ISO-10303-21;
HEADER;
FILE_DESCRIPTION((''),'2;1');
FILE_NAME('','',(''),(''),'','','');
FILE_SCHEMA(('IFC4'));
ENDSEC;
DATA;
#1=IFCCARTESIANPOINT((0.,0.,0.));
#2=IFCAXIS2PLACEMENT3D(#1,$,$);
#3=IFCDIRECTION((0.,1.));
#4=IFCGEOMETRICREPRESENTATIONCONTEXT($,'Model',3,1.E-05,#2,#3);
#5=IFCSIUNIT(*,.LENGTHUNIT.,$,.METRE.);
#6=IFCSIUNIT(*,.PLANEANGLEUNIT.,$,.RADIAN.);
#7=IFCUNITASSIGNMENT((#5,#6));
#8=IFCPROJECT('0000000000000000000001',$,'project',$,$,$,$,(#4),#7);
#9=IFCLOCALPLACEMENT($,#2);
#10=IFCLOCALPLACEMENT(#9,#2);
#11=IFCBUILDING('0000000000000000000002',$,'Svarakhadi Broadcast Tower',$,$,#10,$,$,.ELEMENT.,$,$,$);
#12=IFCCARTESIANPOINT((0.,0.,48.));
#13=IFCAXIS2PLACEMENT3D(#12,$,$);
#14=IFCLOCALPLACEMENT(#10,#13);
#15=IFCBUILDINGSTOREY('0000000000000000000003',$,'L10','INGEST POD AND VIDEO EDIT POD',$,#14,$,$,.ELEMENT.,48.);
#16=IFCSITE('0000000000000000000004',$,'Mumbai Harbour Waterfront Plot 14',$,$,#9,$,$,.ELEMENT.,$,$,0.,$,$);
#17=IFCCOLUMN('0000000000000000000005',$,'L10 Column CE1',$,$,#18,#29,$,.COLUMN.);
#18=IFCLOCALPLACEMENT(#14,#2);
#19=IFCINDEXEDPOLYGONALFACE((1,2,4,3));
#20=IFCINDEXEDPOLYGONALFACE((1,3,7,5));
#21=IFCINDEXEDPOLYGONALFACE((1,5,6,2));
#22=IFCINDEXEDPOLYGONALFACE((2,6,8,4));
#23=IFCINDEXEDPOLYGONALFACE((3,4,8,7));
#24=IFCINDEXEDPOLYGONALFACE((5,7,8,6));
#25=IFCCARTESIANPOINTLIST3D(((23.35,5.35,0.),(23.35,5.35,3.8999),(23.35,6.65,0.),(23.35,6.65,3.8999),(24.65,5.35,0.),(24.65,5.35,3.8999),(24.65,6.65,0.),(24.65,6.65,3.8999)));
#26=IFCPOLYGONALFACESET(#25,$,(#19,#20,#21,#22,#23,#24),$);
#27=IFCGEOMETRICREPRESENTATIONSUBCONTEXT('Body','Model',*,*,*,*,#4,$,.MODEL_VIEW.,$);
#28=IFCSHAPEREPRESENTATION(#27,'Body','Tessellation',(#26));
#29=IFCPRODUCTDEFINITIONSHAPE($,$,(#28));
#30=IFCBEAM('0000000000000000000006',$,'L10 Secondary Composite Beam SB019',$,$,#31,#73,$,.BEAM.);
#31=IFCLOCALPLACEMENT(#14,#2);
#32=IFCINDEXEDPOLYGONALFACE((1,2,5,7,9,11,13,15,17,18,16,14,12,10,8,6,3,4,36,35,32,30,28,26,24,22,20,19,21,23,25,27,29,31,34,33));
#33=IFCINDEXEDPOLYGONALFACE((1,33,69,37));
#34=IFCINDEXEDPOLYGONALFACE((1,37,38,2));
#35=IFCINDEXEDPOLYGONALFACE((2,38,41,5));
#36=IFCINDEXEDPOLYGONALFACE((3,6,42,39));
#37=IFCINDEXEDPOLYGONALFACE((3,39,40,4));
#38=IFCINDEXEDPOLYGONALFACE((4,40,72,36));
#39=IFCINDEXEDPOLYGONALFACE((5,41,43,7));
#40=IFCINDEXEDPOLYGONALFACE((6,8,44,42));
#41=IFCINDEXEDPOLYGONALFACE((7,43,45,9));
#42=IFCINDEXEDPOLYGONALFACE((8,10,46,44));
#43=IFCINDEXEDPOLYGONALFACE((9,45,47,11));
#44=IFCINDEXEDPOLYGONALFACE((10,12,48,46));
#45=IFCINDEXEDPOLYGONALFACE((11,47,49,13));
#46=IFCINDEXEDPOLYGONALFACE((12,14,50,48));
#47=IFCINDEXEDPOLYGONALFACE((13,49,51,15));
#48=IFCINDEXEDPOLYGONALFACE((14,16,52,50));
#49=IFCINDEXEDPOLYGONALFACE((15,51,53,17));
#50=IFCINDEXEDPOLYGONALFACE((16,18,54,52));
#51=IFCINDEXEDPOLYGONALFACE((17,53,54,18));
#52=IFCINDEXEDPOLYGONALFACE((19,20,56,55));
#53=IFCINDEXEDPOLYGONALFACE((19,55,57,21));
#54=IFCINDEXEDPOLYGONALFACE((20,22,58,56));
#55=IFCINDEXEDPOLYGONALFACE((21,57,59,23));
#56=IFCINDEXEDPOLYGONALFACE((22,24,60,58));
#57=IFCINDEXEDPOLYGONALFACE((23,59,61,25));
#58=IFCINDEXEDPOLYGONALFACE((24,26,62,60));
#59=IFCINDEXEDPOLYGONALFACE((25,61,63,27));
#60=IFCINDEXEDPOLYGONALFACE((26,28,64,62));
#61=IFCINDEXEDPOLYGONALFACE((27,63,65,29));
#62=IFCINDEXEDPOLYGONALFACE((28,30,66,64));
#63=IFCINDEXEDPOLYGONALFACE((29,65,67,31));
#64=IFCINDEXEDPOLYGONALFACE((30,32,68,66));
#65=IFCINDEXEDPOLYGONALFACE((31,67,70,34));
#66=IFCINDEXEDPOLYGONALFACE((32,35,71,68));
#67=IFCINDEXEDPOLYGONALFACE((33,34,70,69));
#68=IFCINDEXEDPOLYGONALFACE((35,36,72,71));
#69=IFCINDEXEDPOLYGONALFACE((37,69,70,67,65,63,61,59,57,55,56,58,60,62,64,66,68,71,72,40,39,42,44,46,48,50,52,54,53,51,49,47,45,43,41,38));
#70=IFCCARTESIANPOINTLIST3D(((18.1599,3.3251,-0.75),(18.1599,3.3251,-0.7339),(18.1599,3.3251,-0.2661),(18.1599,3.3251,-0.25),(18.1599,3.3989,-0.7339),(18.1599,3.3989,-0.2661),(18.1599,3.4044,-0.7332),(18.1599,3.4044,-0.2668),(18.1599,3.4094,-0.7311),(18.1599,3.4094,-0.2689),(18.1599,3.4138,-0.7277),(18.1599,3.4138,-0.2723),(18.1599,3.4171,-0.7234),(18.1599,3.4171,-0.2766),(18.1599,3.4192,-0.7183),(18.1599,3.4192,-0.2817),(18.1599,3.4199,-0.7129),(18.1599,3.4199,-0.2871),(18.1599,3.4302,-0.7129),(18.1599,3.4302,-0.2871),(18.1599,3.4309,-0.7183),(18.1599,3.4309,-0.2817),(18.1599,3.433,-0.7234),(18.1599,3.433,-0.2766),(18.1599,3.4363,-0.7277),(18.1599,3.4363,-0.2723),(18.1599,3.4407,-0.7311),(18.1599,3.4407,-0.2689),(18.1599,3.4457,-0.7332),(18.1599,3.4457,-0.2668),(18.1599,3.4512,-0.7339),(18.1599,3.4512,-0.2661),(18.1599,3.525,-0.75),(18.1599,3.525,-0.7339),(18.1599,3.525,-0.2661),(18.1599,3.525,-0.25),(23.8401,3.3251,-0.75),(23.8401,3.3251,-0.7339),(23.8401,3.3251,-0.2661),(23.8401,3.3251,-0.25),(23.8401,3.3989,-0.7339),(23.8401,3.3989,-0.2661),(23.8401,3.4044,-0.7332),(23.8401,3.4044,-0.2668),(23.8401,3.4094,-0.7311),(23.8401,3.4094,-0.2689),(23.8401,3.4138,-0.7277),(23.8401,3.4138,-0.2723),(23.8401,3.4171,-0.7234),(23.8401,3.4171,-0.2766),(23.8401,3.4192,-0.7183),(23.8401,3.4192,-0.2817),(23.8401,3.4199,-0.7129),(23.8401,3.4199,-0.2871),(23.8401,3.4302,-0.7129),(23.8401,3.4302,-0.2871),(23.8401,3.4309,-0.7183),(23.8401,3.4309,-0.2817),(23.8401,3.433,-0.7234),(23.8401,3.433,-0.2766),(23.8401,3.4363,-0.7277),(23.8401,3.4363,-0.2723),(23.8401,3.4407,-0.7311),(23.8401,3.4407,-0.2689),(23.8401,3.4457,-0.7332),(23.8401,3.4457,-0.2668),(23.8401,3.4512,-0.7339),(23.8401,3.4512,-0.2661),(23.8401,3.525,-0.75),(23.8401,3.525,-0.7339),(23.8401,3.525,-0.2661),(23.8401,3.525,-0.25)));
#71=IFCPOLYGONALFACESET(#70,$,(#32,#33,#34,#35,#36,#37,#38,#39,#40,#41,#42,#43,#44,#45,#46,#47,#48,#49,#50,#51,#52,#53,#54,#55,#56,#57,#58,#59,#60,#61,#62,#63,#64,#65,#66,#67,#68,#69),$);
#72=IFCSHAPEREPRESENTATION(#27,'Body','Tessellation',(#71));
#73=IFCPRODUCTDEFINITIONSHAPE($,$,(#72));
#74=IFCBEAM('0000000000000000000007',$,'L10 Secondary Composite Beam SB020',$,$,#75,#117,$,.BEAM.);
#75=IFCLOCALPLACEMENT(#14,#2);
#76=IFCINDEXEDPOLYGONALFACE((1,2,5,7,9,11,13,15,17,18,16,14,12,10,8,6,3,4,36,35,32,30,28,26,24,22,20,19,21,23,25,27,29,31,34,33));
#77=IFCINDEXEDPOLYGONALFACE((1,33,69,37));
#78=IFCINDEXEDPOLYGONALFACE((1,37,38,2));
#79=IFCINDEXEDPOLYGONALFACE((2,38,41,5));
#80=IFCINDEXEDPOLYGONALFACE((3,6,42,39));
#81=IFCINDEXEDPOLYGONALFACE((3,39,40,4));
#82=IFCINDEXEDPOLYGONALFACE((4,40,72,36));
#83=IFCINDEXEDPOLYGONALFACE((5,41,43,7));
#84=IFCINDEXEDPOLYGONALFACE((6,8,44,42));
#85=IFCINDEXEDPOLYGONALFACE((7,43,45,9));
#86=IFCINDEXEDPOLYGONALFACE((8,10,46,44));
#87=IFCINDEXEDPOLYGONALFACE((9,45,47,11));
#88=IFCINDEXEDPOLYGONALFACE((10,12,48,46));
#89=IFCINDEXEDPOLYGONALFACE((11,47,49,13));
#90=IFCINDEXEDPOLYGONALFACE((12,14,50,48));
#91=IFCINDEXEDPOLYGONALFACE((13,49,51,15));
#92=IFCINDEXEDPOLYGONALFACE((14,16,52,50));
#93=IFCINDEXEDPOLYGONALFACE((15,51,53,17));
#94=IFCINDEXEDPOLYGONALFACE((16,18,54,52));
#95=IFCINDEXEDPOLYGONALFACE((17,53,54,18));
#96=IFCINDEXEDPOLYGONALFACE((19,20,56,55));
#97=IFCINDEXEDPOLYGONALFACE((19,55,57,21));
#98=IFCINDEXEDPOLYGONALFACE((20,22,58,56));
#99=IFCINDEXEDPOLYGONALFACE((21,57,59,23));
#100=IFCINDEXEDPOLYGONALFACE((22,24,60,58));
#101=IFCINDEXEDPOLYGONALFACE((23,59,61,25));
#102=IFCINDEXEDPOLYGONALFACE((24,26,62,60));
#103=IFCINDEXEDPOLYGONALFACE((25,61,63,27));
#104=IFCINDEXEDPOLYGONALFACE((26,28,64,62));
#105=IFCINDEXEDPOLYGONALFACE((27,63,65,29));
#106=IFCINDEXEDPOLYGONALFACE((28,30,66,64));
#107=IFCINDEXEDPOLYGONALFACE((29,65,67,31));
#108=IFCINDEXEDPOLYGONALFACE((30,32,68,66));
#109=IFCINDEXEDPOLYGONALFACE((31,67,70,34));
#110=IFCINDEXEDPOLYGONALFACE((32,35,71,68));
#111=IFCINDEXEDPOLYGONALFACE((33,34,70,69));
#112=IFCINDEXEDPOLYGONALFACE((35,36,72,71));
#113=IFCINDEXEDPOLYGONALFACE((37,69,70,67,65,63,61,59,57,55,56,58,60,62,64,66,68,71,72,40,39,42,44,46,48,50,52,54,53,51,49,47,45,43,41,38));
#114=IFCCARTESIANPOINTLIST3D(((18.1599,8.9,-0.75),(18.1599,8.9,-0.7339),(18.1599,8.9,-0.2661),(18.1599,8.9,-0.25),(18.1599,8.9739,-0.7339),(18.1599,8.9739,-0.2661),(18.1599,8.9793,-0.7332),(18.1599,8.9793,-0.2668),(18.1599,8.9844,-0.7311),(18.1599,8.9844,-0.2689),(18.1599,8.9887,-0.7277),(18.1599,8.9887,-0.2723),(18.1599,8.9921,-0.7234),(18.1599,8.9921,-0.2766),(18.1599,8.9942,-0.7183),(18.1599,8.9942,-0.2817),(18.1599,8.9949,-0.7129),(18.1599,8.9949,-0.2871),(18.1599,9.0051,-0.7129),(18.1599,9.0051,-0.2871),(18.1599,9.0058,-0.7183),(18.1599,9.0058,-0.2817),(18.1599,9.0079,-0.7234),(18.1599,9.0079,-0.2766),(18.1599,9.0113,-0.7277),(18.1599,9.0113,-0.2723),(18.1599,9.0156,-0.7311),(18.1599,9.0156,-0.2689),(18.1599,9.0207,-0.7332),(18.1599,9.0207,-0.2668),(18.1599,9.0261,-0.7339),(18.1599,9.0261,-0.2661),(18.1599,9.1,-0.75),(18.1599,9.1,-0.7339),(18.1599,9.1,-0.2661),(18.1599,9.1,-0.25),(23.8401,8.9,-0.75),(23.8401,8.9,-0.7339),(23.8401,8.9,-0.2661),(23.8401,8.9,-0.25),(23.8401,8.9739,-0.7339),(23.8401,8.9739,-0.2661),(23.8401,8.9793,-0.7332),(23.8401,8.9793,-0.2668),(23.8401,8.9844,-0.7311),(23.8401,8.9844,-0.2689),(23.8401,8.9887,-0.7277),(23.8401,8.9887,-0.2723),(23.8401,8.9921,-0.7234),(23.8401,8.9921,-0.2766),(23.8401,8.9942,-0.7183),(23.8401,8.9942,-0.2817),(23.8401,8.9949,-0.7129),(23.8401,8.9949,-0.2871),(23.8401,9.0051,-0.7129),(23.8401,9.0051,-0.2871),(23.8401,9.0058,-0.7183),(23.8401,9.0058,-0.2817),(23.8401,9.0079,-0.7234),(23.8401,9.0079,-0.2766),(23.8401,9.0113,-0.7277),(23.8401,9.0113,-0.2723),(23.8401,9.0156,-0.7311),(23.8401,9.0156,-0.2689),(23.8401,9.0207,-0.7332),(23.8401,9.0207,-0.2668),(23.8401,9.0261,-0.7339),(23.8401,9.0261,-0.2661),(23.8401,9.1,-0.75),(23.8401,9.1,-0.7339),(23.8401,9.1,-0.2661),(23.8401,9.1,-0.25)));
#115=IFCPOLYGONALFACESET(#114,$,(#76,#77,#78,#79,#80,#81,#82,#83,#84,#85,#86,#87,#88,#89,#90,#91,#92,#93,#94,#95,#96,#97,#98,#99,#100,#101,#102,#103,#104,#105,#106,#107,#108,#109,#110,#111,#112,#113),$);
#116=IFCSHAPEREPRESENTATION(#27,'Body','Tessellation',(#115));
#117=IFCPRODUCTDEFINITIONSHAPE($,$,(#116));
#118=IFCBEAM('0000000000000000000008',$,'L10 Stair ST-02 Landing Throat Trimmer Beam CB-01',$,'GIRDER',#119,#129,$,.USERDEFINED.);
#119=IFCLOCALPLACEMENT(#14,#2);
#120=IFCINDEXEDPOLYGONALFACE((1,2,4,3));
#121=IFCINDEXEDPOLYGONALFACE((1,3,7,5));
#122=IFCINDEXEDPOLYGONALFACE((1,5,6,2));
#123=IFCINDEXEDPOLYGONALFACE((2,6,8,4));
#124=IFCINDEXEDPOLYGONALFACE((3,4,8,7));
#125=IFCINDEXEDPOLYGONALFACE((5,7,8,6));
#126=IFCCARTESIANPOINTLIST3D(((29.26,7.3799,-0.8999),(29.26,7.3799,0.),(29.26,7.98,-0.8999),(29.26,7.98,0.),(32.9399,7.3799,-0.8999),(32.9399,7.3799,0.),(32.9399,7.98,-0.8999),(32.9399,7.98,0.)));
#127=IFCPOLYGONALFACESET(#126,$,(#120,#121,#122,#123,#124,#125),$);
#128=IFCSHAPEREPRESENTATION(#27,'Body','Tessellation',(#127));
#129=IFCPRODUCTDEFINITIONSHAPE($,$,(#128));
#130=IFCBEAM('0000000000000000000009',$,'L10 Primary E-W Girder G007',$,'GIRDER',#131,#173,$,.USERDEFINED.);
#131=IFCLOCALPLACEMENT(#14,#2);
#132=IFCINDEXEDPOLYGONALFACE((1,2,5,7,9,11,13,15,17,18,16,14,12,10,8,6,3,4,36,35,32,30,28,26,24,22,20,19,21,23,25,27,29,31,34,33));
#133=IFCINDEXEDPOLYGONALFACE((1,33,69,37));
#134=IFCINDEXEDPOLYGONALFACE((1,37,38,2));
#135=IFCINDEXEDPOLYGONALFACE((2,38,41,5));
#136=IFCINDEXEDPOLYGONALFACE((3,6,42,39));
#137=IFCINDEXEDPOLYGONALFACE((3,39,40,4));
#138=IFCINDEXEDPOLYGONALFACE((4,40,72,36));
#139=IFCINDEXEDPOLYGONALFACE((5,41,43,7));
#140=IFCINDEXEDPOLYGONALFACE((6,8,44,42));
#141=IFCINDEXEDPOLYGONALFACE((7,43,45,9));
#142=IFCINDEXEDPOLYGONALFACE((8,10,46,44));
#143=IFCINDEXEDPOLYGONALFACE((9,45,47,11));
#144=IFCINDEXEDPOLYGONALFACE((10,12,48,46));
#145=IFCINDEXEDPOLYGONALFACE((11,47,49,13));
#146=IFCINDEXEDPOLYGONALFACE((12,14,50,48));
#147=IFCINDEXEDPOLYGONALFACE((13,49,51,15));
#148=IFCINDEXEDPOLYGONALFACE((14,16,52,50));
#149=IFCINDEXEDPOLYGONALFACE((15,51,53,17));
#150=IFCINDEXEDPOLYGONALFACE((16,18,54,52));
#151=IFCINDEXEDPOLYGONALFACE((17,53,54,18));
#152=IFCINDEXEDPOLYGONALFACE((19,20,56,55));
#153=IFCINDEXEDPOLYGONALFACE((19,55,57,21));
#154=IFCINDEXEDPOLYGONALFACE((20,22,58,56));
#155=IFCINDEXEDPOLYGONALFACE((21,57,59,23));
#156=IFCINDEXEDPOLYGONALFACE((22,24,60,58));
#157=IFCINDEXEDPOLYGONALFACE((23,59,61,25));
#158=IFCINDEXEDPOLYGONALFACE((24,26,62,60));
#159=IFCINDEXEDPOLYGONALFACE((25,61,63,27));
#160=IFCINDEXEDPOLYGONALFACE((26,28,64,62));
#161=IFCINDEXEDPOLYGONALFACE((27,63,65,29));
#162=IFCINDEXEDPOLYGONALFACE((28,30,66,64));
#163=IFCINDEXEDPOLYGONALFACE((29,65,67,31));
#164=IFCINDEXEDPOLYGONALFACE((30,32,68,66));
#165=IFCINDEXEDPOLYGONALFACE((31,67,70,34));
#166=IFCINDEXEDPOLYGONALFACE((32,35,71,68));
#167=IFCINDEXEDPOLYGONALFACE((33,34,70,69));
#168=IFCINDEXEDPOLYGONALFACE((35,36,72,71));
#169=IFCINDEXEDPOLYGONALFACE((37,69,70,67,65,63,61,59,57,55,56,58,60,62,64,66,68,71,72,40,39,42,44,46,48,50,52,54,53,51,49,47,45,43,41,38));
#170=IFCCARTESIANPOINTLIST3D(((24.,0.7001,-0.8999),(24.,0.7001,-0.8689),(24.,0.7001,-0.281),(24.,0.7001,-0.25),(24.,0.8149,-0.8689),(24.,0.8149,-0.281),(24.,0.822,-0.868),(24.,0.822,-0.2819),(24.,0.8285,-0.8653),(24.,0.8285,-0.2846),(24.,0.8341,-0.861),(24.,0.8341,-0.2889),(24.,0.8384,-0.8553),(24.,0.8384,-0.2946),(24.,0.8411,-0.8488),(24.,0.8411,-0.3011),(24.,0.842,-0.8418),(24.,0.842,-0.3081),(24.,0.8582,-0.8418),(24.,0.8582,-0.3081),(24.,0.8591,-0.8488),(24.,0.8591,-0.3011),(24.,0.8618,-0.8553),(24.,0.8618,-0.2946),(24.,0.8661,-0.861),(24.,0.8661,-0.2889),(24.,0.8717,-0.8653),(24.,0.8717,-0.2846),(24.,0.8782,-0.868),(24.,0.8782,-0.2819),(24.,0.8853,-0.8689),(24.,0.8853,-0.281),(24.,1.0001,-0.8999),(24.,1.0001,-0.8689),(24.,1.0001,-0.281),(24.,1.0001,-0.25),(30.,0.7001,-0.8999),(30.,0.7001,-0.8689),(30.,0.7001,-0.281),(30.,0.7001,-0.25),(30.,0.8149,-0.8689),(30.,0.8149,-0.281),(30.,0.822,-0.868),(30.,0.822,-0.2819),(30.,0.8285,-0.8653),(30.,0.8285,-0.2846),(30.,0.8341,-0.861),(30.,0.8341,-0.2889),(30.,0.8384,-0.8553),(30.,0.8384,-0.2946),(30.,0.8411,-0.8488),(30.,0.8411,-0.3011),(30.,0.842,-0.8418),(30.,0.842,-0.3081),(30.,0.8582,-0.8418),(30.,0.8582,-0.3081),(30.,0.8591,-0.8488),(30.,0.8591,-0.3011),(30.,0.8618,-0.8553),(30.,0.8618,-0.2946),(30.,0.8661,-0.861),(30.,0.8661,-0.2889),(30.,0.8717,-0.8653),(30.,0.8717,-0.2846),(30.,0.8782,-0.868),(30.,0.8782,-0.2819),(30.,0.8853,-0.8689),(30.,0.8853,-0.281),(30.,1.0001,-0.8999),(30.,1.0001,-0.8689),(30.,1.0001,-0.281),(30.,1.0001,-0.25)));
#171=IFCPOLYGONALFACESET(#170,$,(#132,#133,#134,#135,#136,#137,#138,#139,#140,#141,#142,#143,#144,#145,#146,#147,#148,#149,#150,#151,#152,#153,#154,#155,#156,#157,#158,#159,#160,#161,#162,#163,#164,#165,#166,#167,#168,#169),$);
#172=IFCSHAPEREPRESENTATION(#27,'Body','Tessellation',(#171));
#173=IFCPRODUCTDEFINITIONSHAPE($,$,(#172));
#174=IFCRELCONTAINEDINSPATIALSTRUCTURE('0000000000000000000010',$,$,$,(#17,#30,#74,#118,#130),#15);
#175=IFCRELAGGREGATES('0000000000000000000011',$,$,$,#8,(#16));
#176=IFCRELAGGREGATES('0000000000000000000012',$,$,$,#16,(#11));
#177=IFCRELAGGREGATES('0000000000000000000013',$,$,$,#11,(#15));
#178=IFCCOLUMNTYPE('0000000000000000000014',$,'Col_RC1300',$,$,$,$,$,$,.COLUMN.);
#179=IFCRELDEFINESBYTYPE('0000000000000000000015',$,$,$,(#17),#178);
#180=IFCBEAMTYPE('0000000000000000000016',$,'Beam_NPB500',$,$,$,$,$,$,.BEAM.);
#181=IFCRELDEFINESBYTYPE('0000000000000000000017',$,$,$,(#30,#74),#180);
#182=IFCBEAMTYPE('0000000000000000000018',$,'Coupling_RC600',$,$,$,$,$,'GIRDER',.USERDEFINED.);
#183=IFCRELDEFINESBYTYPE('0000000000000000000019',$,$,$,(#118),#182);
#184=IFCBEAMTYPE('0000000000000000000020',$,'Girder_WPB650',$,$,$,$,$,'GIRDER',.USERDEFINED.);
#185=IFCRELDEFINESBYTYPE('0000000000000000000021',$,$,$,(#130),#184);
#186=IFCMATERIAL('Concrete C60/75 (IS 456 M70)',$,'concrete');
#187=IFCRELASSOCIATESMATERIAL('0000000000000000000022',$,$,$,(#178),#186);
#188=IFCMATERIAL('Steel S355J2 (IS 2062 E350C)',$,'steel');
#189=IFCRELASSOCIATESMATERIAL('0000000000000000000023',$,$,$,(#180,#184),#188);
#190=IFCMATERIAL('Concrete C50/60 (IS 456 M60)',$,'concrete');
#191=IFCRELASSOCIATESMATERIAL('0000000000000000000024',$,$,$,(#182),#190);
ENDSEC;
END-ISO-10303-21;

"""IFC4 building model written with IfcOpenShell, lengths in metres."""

from ifc_helpers import new_model, si_unit, direction, frame, origin, origin_2d, place, context, subcontext, project, spatial, rectangle, i_section, extrude, material, material_profile, profile_set, type_object, element, save


model = new_model("IFC4")

# Units and contexts
model_context = context("Model", 3, precision=1e-05, world=origin(), true_north=direction((0.0, 1.0)))
body_context = subcontext(model_context, "Body", "Model", "MODEL_VIEW")
ifc_project = project(units=[si_unit("LENGTHUNIT", "METRE"), si_unit("PLANEANGLEUNIT", "RADIAN")], contexts=[model_context])

# Site, building, storey
site_placement = place(None, origin())
site = spatial("IfcSite", under=ifc_project, at=site_placement, Name="Mumbai Harbour Waterfront Plot 14", CompositionType="ELEMENT", RefElevation=0.0)
building_placement = place(site_placement, origin())
building = spatial("IfcBuilding", under=site, at=building_placement, Name="Svarakhadi Broadcast Tower", CompositionType="ELEMENT")
storey_placement = place(building_placement, frame((0.0, 0.0, 48.0)))
storey = spatial("IfcBuildingStorey", under=building, at=storey_placement, Name="L10", Description="INGEST POD AND VIDEO EDIT POD", CompositionType="ELEMENT", Elevation=48.0)

# Column
ifc_material_1 = material(Name="Concrete C60/75 (IS 456 M70)", Category="concrete")
ifc_material_profile_1 = material_profile(ifc_material_1, rectangle(XDim=1.3, YDim=1.3, at=origin_2d()), Name="RC 1300x1300")
ifc_profile_set_1 = profile_set([ifc_material_profile_1], Name="Concrete C60/75 (IS 456 M70)")
column_type = type_object("IfcColumnType", Name="Col_RC1300", PredefinedType="COLUMN", material=ifc_profile_set_1)
column_placement = place(storey_placement, frame((24.0, 6.0, 0.0), z_axis=(0.0, 0.0, 1.0), x_axis=(1.0, 0.0, 0.0)))
element("IfcColumn", 1, at=column_placement, inside=storey, type_object=column_type, Name="L10 Column CE1", PredefinedType="COLUMN", context=body_context, shape_type="SweptSolid", body=[
    extrude(rectangle(XDim=1.3, YDim=1.3, at=origin_2d()), origin(), (0.0, 0.0, 1.0), 3.8999),
])

# Beams
ifc_material_2 = material(Name="Steel S355J2 (IS 2062 E350C)", Category="steel")
ifc_material_profile_2 = material_profile(ifc_material_2, i_section(OverallWidth=0.2, OverallDepth=0.5, WebThickness=0.0103, FlangeThickness=0.0161, FilletRadius=0.021, at=origin_2d()), Name="NPB 500x200x91")
ifc_profile_set_2 = profile_set([ifc_material_profile_2], Name="Steel S355J2 (IS 2062 E350C)")
beam_type_1 = type_object("IfcBeamType", Name="Beam_NPB500", PredefinedType="BEAM", material=ifc_profile_set_2)
for number, where, z_axis, x_axis, name in (
    (2, (18.1599, 3.425, -0.5), (1.0, 0.0, 0.0), (0.0, 1.0, 0.0), "L10 Secondary Composite Beam SB019"),
    (3, (18.1599, 9.0, -0.5), (1.0, 0.0, 0.0), (0.0, 1.0, 0.0), "L10 Secondary Composite Beam SB020"),
):
    element("IfcBeam", number, at=place(storey_placement, frame(where, z_axis=z_axis, x_axis=x_axis)), inside=storey, type_object=beam_type_1, Name=name, PredefinedType="BEAM", context=body_context, shape_type="SweptSolid", body=[
        extrude(i_section(OverallWidth=0.2, OverallDepth=0.5, WebThickness=0.0103, FlangeThickness=0.0161, FilletRadius=0.021, at=origin_2d()), origin(), (0.0, 0.0, 1.0), 5.6802),
    ])
ifc_material_3 = material(Name="Concrete C50/60 (IS 456 M60)", Category="concrete")
ifc_material_profile_3 = material_profile(ifc_material_3, rectangle(XDim=0.6001, YDim=0.8999, at=origin_2d()), Name="RC 600x900")
ifc_profile_set_3 = profile_set([ifc_material_profile_3], Name="Concrete C50/60 (IS 456 M60)")
beam_type_2 = type_object("IfcBeamType", Name="Coupling_RC600", ElementType="GIRDER", PredefinedType="USERDEFINED", material=ifc_profile_set_3)
beam_1_placement = place(storey_placement, frame((29.26, 7.6799, -0.45), z_axis=(1.0, 0.0, 0.0), x_axis=(0.0, 1.0, 0.0)))
element("IfcBeam", 4, at=beam_1_placement, inside=storey, type_object=beam_type_2, Name="L10 Stair ST-02 Landing Throat Trimmer Beam CB-01", ObjectType="GIRDER", PredefinedType="USERDEFINED", context=body_context, shape_type="SweptSolid", body=[
    extrude(rectangle(XDim=0.6001, YDim=0.8999, at=origin_2d()), origin(), (0.0, 0.0, 1.0), 3.6799),
])
ifc_material_profile_4 = material_profile(ifc_material_2, i_section(OverallWidth=0.3, OverallDepth=0.6499, WebThickness=0.0161, FlangeThickness=0.031, FilletRadius=0.0271, at=origin_2d()), Name="WPB 650x300x225")
ifc_profile_set_4 = profile_set([ifc_material_profile_4], Name="Steel S355J2 (IS 2062 E350C)")
beam_type_3 = type_object("IfcBeamType", Name="Girder_WPB650", ElementType="GIRDER", PredefinedType="USERDEFINED", material=ifc_profile_set_4)
beam_2_placement = place(storey_placement, frame((24.0, 0.8501, -0.575), z_axis=(1.0, 0.0, 0.0), x_axis=(0.0, 1.0, 0.0)))
element("IfcBeam", 5, at=beam_2_placement, inside=storey, type_object=beam_type_3, Name="L10 Primary E-W Girder G007", ObjectType="GIRDER", PredefinedType="USERDEFINED", context=body_context, shape_type="SweptSolid", body=[
    extrude(i_section(OverallWidth=0.3, OverallDepth=0.6499, WebThickness=0.0161, FlangeThickness=0.031, FilletRadius=0.0271, at=origin_2d()), origin(), (0.0, 0.0, 1.0), 6.0),
])

save(model, "model.ifc")
